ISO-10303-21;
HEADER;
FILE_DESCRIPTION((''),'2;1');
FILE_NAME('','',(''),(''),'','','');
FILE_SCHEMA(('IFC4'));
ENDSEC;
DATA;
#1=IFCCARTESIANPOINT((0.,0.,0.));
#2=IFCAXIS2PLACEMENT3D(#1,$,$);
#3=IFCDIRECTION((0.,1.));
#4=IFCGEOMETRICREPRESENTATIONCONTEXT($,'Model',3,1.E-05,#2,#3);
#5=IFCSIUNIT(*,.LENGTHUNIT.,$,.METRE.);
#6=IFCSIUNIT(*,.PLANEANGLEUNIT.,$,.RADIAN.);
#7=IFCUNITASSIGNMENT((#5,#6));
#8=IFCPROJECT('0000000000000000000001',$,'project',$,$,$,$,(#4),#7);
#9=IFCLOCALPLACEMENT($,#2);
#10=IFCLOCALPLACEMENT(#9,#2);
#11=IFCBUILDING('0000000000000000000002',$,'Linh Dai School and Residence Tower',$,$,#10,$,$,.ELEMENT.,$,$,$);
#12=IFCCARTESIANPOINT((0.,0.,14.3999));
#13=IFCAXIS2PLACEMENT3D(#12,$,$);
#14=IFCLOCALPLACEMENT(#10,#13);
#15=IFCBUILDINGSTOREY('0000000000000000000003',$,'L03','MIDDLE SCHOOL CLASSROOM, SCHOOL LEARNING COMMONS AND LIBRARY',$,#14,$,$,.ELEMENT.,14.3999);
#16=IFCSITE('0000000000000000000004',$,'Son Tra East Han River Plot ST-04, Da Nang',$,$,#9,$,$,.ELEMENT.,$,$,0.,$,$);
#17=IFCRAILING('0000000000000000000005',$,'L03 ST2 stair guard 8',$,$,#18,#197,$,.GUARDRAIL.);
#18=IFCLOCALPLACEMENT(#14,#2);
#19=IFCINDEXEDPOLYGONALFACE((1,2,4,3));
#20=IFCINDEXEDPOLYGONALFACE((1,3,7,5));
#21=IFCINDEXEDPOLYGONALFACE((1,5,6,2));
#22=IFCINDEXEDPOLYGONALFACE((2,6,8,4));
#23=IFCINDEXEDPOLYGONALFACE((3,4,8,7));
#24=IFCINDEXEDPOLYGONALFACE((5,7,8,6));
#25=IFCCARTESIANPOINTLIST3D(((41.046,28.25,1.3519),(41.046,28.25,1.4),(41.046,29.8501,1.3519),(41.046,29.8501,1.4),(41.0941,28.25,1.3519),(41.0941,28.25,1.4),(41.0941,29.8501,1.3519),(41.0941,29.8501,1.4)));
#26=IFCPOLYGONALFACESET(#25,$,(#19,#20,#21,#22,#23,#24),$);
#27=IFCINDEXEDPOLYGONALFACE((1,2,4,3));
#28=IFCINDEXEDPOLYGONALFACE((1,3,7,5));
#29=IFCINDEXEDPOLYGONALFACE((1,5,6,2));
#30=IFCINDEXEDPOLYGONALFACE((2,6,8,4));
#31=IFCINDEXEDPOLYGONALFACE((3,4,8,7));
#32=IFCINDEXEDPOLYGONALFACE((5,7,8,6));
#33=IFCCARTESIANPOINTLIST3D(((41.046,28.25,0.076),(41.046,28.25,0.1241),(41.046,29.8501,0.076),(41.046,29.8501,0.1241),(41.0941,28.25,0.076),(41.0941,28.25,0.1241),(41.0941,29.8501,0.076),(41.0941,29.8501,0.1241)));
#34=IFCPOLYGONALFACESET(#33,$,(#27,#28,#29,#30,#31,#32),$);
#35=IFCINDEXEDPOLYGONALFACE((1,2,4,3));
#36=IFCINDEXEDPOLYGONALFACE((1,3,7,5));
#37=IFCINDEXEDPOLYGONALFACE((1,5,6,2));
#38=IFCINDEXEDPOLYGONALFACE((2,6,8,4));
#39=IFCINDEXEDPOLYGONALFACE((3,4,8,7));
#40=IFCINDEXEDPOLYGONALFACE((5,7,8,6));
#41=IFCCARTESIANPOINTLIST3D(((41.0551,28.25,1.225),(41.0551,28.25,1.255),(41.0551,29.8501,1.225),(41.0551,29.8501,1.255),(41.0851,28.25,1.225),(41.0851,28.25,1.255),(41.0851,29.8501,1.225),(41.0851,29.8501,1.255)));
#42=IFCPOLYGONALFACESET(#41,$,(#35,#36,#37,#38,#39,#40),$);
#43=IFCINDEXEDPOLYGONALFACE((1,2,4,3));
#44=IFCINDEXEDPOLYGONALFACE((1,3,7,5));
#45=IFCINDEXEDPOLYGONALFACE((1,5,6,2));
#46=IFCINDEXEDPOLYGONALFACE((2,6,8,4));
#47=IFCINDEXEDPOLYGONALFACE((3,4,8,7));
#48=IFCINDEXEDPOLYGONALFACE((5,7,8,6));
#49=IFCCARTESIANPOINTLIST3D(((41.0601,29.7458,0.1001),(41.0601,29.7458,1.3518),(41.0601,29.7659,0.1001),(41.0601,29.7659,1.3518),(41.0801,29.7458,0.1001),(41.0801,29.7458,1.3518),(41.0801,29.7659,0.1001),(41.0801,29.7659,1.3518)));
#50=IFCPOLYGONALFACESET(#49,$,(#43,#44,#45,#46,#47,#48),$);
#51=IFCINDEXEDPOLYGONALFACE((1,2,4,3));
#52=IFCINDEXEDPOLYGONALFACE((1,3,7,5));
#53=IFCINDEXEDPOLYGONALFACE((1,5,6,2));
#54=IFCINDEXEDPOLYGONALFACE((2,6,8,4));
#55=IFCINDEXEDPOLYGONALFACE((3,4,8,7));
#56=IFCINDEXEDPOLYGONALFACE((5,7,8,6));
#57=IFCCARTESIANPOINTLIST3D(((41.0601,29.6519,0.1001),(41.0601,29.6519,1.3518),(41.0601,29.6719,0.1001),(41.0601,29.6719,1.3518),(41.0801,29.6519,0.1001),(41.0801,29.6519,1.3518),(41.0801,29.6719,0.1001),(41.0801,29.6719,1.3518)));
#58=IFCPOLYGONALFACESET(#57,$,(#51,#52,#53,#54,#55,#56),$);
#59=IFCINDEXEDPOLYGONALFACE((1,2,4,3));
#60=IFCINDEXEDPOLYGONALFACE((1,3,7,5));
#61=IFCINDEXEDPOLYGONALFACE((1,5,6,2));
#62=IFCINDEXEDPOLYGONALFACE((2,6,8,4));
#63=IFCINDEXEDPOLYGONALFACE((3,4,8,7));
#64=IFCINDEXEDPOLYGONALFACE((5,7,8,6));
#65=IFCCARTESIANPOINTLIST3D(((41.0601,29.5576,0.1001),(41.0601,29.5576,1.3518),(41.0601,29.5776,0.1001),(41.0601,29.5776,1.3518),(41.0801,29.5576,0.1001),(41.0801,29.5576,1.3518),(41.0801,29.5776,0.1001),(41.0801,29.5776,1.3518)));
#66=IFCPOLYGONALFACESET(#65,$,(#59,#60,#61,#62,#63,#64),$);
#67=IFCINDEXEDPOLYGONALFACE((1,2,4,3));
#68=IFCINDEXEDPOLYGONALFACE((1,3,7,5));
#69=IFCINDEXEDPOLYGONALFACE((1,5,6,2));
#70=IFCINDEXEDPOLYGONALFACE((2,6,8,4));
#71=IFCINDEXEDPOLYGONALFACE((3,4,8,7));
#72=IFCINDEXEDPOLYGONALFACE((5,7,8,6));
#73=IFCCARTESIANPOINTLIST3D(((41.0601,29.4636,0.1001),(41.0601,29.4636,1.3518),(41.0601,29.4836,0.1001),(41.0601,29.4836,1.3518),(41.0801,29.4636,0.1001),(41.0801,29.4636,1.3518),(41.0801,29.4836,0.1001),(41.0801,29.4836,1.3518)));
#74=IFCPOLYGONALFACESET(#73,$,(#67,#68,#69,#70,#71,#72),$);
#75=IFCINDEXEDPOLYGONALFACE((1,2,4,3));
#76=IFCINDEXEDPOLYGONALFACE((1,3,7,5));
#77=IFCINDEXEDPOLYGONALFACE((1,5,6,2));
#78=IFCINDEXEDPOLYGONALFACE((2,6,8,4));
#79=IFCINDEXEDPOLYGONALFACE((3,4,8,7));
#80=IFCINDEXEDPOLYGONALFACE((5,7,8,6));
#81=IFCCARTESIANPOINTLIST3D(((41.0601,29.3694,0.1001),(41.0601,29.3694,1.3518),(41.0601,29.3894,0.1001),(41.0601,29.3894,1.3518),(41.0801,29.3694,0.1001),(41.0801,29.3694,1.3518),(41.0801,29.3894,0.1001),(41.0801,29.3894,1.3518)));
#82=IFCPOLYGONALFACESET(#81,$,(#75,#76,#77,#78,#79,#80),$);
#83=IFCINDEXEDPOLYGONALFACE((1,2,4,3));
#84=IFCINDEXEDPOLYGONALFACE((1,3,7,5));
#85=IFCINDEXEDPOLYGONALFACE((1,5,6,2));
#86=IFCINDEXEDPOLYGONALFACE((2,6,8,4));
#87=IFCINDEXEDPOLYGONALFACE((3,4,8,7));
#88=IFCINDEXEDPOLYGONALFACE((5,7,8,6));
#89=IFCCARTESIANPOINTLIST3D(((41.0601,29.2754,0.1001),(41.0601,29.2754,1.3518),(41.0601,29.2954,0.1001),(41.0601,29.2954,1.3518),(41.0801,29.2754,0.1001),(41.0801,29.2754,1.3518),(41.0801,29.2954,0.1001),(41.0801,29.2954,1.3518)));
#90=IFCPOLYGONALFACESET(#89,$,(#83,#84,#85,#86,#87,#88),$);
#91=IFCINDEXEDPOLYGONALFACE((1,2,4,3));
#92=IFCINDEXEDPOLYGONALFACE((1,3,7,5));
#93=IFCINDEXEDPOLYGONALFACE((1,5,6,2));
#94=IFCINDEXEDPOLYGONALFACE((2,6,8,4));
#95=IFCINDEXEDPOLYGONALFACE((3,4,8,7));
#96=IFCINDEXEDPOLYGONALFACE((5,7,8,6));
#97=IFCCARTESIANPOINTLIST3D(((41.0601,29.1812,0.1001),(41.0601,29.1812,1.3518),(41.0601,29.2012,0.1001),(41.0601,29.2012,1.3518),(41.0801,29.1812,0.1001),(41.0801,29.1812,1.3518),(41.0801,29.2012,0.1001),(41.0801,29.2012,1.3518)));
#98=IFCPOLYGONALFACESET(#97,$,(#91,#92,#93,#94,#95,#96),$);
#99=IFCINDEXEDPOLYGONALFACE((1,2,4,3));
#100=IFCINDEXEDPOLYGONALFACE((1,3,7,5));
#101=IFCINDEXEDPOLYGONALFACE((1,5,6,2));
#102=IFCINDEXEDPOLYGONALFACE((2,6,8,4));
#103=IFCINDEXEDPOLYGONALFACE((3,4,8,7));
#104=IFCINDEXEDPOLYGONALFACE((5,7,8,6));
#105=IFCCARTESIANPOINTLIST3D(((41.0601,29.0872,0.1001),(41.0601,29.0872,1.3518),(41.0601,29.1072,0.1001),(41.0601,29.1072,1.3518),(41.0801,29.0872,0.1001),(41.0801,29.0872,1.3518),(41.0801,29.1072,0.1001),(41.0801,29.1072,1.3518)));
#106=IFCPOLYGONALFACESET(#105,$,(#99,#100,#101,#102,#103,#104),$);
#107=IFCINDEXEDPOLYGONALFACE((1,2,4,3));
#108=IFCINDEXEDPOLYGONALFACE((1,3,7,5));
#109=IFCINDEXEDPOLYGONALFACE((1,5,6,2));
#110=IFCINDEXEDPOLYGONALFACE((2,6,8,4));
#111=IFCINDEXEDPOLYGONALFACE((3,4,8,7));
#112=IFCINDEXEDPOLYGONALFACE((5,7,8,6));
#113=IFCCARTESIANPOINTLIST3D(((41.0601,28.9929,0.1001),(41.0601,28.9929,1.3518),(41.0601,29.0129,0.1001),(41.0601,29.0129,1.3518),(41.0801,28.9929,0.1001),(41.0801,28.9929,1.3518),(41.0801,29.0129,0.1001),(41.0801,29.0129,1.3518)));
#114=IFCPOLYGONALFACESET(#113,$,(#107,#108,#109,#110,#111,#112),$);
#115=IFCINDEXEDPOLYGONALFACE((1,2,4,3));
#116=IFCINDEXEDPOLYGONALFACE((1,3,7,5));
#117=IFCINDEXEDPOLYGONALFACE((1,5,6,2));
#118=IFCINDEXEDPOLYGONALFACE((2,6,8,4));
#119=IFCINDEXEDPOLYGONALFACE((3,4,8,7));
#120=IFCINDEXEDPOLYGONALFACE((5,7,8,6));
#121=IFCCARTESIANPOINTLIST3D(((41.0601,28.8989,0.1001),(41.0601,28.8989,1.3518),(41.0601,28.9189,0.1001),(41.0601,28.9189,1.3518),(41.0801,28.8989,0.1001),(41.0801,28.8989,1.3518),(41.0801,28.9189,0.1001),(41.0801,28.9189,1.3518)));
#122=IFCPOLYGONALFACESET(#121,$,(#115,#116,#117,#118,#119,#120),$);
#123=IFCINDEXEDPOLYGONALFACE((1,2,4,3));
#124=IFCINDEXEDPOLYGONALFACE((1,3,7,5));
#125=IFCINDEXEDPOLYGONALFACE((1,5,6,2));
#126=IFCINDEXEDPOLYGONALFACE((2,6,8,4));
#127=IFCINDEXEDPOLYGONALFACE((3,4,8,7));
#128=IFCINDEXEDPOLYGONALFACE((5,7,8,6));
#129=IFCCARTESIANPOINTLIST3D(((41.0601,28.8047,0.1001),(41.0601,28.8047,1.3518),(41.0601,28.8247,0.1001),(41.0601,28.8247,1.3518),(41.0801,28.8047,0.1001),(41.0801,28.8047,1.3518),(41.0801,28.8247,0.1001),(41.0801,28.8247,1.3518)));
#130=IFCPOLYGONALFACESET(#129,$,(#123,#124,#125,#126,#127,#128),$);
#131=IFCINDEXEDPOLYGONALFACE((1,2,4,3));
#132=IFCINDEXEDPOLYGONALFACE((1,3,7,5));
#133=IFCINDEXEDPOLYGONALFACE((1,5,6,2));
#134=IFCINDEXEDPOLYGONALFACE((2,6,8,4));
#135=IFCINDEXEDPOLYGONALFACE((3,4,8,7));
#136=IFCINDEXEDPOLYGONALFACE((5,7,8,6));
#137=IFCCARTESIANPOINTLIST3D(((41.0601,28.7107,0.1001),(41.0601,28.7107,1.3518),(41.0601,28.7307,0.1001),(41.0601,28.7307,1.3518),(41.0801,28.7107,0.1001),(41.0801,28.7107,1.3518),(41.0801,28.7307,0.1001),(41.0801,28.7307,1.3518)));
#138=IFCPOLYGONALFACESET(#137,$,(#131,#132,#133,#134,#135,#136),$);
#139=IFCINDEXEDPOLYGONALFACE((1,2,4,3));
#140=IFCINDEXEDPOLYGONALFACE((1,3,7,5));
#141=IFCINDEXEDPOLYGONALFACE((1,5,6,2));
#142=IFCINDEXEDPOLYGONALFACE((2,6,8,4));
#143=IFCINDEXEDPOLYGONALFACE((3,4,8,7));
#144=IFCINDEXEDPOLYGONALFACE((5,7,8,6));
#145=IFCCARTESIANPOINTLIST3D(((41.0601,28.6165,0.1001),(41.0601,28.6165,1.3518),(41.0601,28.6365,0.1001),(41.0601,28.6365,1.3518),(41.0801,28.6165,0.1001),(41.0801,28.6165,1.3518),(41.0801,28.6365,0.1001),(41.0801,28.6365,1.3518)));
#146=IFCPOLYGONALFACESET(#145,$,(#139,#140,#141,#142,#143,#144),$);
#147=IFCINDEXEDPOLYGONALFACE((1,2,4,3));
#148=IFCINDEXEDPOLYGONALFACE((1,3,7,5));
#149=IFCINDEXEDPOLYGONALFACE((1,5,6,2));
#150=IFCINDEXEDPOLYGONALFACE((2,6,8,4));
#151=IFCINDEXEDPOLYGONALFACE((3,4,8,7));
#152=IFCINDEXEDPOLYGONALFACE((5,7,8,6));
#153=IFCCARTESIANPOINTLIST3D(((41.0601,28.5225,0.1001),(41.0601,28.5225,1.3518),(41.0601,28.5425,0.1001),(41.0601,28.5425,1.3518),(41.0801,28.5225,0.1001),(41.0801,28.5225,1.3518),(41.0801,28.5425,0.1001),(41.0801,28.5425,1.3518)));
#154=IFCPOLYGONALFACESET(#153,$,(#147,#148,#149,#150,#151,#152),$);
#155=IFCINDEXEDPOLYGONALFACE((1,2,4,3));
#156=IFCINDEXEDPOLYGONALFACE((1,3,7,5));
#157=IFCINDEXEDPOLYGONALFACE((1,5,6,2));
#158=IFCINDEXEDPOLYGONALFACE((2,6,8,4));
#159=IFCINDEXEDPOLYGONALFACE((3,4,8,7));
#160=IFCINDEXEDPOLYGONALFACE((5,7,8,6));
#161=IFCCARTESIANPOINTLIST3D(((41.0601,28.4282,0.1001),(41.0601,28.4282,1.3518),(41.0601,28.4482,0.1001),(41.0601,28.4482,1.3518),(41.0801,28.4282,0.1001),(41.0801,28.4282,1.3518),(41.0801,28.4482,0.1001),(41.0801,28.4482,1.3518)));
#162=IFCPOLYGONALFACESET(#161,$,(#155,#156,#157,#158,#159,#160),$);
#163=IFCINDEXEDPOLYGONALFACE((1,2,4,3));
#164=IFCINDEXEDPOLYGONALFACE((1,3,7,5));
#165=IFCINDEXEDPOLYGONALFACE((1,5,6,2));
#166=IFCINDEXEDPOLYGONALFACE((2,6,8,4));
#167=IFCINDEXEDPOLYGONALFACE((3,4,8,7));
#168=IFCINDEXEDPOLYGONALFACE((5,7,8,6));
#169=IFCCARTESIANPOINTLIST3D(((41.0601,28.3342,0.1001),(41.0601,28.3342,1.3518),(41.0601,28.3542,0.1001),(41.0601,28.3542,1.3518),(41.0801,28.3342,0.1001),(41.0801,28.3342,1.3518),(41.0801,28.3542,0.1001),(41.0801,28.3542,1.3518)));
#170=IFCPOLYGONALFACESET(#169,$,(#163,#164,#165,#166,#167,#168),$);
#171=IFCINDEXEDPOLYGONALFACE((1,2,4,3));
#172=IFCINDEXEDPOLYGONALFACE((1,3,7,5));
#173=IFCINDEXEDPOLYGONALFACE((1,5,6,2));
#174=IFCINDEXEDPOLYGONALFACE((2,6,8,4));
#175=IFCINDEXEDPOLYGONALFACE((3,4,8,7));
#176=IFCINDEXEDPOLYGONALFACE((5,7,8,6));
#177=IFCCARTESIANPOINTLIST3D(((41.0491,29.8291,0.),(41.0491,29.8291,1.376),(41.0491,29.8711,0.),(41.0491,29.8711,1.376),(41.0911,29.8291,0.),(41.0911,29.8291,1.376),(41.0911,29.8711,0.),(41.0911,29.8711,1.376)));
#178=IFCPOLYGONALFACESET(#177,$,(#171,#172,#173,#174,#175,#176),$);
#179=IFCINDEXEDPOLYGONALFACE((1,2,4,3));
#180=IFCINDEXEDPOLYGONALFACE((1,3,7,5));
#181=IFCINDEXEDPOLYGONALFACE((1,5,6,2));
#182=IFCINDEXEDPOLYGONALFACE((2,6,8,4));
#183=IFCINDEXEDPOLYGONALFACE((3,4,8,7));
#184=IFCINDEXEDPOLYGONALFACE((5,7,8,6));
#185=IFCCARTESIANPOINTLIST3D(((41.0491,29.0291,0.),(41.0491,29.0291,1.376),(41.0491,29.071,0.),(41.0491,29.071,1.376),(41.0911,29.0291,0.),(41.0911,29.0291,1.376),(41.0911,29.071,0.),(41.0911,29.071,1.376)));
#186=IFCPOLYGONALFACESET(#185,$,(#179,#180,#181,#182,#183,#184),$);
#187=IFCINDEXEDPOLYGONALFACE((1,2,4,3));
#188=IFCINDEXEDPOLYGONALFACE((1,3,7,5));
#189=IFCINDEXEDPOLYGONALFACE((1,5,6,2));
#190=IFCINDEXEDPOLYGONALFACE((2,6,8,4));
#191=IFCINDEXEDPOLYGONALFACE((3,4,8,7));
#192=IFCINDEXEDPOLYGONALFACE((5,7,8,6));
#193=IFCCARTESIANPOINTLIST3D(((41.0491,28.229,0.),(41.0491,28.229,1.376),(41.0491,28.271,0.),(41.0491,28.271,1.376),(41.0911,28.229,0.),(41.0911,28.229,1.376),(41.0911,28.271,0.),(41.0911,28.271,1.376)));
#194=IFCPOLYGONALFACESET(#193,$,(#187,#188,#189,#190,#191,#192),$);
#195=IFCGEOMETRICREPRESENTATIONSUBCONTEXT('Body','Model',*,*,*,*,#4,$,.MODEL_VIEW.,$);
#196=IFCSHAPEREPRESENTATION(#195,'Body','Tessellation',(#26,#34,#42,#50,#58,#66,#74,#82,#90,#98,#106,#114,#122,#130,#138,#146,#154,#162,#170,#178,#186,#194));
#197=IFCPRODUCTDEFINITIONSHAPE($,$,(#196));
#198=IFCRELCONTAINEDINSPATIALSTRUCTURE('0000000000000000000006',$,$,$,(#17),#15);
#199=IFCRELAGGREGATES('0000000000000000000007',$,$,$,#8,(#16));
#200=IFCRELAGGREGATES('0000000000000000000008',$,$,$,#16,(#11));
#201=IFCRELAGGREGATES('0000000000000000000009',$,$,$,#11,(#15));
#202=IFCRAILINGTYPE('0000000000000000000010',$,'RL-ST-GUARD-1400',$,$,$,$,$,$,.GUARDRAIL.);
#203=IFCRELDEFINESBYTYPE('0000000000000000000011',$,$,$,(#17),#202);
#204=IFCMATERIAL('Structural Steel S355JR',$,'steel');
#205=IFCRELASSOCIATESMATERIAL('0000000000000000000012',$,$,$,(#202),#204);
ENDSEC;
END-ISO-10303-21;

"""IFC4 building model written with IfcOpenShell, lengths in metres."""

from ifc_helpers import new_model, si_unit, direction, frame, origin, origin_2d, place, context, subcontext, project, spatial, rectangle, extrude, source, transform, mapped, material, type_object, element, save


model = new_model("IFC4")

# Units and contexts
model_context = context("Model", 3, precision=1e-05, world=origin(), true_north=direction((0.0, 1.0)))
body_context = subcontext(model_context, "Body", "Model", "MODEL_VIEW")
ifc_project = project(units=[si_unit("LENGTHUNIT", "METRE"), si_unit("PLANEANGLEUNIT", "RADIAN")], contexts=[model_context])

# Site, building, storey
site_placement = place(None, origin())
site = spatial("IfcSite", under=ifc_project, at=site_placement, Name="Son Tra East Han River Plot ST-04, Da Nang", CompositionType="ELEMENT", RefElevation=0.0)
building_placement = place(site_placement, origin())
building = spatial("IfcBuilding", under=site, at=building_placement, Name="Linh Dai School and Residence Tower", CompositionType="ELEMENT")
storey_placement = place(building_placement, frame((0.0, 0.0, 14.3999)))
storey = spatial("IfcBuildingStorey", under=building, at=storey_placement, Name="L03", Description="MIDDLE SCHOOL CLASSROOM, SCHOOL LEARNING COMMONS AND LIBRARY", CompositionType="ELEMENT", Elevation=14.3999)

# Shared definitions
ifc_material_1 = material(Name="Structural Steel S355JR", Category="steel")

# Railing
railing_type_1 = type_object("IfcRailingType", Name="RL-ST-GUARD-1400", PredefinedType="GUARDRAIL", material=ifc_material_1)
shared_shape_1 = source(origin(), body_context, "Body", "SweptSolid", [
    extrude(rectangle(XDim=0.0481, YDim=0.0481, at=origin_2d()), frame((0.0, 0.0, 1.376), z_axis=(0.0, -1.0, 0.0), x_axis=(1.0, 0.0, 0.0)), (0.0, 0.0, 1.0), 1.6001),
    extrude(rectangle(XDim=0.0481, YDim=0.0481, at=origin_2d()), frame((0.0, 0.0, 0.1001), z_axis=(0.0, -1.0, 0.0), x_axis=(1.0, 0.0, 0.0)), (0.0, 0.0, 1.0), 1.6001),
    extrude(rectangle(XDim=0.03, YDim=0.03, at=origin_2d()), frame((0.0, 0.0, 1.24), z_axis=(0.0, -1.0, 0.0), x_axis=(1.0, 0.0, 0.0)), (0.0, 0.0, 1.0), 1.6001),
    extrude(rectangle(XDim=0.02, YDim=0.02, at=origin_2d()), frame((0.0, -0.0942, 0.1001)), (0.0, 0.0, 1.0), 1.2517),
    extrude(rectangle(XDim=0.02, YDim=0.02, at=origin_2d()), frame((0.0, -0.1882, 0.1001)), (0.0, 0.0, 1.0), 1.2517),
    extrude(rectangle(XDim=0.02, YDim=0.02, at=origin_2d()), frame((0.0, -0.2825, 0.1001)), (0.0, 0.0, 1.0), 1.2517),
    extrude(rectangle(XDim=0.02, YDim=0.02, at=origin_2d()), frame((0.0, -0.3765, 0.1001)), (0.0, 0.0, 1.0), 1.2517),
    extrude(rectangle(XDim=0.02, YDim=0.02, at=origin_2d()), frame((0.0, -0.4707, 0.1001)), (0.0, 0.0, 1.0), 1.2517),
    extrude(rectangle(XDim=0.02, YDim=0.02, at=origin_2d()), frame((0.0, -0.5647, 0.1001)), (0.0, 0.0, 1.0), 1.2517),
    extrude(rectangle(XDim=0.02, YDim=0.02, at=origin_2d()), frame((0.0, -0.6589, 0.1001)), (0.0, 0.0, 1.0), 1.2517),
    extrude(rectangle(XDim=0.02, YDim=0.02, at=origin_2d()), frame((0.0, -0.7529, 0.1001)), (0.0, 0.0, 1.0), 1.2517),
    extrude(rectangle(XDim=0.02, YDim=0.02, at=origin_2d()), frame((0.0, -0.8472, 0.1001)), (0.0, 0.0, 1.0), 1.2517),
    extrude(rectangle(XDim=0.02, YDim=0.02, at=origin_2d()), frame((0.0, -0.9412, 0.1001)), (0.0, 0.0, 1.0), 1.2517),
    extrude(rectangle(XDim=0.02, YDim=0.02, at=origin_2d()), frame((0.0, -1.0354, 0.1001)), (0.0, 0.0, 1.0), 1.2517),
    extrude(rectangle(XDim=0.02, YDim=0.02, at=origin_2d()), frame((0.0, -1.1294, 0.1001)), (0.0, 0.0, 1.0), 1.2517),
    extrude(rectangle(XDim=0.02, YDim=0.02, at=origin_2d()), frame((0.0, -1.2236, 0.1001)), (0.0, 0.0, 1.0), 1.2517),
    extrude(rectangle(XDim=0.02, YDim=0.02, at=origin_2d()), frame((0.0, -1.3176, 0.1001)), (0.0, 0.0, 1.0), 1.2517),
    extrude(rectangle(XDim=0.02, YDim=0.02, at=origin_2d()), frame((0.0, -1.4119, 0.1001)), (0.0, 0.0, 1.0), 1.2517),
    extrude(rectangle(XDim=0.02, YDim=0.02, at=origin_2d()), frame((0.0, -1.5059, 0.1001)), (0.0, 0.0, 1.0), 1.2517),
    extrude(rectangle(XDim=0.042, YDim=0.042, at=origin_2d()), origin(), (0.0, 0.0, 1.0), 1.376),
    extrude(rectangle(XDim=0.042, YDim=0.042, at=origin_2d()), frame((0.0, -0.8, 0.0)), (0.0, 0.0, 1.0), 1.376),
    extrude(rectangle(XDim=0.042, YDim=0.042, at=origin_2d()), frame((0.0, -1.6001, 0.0)), (0.0, 0.0, 1.0), 1.376),
])
for number, where, name in (
    (1, (41.0701, 29.8501, 0.0), "L03 ST2 stair guard 8"),
):
    element("IfcRailing", number, at=place(storey_placement, frame(where)), inside=storey, type_object=railing_type_1, Name=name, PredefinedType="GUARDRAIL", context=body_context, shape_type="MappedRepresentation", body=[
        mapped(shared_shape_1, transform((0.0, 0.0, 0.0), x_axis=(1.0, 0.0, 0.0), y_axis=(0.0, 1.0, 0.0), z_axis=(0.0, 0.0, 1.0), scale=1.0)),
    ])

save(model, "model.ifc")
